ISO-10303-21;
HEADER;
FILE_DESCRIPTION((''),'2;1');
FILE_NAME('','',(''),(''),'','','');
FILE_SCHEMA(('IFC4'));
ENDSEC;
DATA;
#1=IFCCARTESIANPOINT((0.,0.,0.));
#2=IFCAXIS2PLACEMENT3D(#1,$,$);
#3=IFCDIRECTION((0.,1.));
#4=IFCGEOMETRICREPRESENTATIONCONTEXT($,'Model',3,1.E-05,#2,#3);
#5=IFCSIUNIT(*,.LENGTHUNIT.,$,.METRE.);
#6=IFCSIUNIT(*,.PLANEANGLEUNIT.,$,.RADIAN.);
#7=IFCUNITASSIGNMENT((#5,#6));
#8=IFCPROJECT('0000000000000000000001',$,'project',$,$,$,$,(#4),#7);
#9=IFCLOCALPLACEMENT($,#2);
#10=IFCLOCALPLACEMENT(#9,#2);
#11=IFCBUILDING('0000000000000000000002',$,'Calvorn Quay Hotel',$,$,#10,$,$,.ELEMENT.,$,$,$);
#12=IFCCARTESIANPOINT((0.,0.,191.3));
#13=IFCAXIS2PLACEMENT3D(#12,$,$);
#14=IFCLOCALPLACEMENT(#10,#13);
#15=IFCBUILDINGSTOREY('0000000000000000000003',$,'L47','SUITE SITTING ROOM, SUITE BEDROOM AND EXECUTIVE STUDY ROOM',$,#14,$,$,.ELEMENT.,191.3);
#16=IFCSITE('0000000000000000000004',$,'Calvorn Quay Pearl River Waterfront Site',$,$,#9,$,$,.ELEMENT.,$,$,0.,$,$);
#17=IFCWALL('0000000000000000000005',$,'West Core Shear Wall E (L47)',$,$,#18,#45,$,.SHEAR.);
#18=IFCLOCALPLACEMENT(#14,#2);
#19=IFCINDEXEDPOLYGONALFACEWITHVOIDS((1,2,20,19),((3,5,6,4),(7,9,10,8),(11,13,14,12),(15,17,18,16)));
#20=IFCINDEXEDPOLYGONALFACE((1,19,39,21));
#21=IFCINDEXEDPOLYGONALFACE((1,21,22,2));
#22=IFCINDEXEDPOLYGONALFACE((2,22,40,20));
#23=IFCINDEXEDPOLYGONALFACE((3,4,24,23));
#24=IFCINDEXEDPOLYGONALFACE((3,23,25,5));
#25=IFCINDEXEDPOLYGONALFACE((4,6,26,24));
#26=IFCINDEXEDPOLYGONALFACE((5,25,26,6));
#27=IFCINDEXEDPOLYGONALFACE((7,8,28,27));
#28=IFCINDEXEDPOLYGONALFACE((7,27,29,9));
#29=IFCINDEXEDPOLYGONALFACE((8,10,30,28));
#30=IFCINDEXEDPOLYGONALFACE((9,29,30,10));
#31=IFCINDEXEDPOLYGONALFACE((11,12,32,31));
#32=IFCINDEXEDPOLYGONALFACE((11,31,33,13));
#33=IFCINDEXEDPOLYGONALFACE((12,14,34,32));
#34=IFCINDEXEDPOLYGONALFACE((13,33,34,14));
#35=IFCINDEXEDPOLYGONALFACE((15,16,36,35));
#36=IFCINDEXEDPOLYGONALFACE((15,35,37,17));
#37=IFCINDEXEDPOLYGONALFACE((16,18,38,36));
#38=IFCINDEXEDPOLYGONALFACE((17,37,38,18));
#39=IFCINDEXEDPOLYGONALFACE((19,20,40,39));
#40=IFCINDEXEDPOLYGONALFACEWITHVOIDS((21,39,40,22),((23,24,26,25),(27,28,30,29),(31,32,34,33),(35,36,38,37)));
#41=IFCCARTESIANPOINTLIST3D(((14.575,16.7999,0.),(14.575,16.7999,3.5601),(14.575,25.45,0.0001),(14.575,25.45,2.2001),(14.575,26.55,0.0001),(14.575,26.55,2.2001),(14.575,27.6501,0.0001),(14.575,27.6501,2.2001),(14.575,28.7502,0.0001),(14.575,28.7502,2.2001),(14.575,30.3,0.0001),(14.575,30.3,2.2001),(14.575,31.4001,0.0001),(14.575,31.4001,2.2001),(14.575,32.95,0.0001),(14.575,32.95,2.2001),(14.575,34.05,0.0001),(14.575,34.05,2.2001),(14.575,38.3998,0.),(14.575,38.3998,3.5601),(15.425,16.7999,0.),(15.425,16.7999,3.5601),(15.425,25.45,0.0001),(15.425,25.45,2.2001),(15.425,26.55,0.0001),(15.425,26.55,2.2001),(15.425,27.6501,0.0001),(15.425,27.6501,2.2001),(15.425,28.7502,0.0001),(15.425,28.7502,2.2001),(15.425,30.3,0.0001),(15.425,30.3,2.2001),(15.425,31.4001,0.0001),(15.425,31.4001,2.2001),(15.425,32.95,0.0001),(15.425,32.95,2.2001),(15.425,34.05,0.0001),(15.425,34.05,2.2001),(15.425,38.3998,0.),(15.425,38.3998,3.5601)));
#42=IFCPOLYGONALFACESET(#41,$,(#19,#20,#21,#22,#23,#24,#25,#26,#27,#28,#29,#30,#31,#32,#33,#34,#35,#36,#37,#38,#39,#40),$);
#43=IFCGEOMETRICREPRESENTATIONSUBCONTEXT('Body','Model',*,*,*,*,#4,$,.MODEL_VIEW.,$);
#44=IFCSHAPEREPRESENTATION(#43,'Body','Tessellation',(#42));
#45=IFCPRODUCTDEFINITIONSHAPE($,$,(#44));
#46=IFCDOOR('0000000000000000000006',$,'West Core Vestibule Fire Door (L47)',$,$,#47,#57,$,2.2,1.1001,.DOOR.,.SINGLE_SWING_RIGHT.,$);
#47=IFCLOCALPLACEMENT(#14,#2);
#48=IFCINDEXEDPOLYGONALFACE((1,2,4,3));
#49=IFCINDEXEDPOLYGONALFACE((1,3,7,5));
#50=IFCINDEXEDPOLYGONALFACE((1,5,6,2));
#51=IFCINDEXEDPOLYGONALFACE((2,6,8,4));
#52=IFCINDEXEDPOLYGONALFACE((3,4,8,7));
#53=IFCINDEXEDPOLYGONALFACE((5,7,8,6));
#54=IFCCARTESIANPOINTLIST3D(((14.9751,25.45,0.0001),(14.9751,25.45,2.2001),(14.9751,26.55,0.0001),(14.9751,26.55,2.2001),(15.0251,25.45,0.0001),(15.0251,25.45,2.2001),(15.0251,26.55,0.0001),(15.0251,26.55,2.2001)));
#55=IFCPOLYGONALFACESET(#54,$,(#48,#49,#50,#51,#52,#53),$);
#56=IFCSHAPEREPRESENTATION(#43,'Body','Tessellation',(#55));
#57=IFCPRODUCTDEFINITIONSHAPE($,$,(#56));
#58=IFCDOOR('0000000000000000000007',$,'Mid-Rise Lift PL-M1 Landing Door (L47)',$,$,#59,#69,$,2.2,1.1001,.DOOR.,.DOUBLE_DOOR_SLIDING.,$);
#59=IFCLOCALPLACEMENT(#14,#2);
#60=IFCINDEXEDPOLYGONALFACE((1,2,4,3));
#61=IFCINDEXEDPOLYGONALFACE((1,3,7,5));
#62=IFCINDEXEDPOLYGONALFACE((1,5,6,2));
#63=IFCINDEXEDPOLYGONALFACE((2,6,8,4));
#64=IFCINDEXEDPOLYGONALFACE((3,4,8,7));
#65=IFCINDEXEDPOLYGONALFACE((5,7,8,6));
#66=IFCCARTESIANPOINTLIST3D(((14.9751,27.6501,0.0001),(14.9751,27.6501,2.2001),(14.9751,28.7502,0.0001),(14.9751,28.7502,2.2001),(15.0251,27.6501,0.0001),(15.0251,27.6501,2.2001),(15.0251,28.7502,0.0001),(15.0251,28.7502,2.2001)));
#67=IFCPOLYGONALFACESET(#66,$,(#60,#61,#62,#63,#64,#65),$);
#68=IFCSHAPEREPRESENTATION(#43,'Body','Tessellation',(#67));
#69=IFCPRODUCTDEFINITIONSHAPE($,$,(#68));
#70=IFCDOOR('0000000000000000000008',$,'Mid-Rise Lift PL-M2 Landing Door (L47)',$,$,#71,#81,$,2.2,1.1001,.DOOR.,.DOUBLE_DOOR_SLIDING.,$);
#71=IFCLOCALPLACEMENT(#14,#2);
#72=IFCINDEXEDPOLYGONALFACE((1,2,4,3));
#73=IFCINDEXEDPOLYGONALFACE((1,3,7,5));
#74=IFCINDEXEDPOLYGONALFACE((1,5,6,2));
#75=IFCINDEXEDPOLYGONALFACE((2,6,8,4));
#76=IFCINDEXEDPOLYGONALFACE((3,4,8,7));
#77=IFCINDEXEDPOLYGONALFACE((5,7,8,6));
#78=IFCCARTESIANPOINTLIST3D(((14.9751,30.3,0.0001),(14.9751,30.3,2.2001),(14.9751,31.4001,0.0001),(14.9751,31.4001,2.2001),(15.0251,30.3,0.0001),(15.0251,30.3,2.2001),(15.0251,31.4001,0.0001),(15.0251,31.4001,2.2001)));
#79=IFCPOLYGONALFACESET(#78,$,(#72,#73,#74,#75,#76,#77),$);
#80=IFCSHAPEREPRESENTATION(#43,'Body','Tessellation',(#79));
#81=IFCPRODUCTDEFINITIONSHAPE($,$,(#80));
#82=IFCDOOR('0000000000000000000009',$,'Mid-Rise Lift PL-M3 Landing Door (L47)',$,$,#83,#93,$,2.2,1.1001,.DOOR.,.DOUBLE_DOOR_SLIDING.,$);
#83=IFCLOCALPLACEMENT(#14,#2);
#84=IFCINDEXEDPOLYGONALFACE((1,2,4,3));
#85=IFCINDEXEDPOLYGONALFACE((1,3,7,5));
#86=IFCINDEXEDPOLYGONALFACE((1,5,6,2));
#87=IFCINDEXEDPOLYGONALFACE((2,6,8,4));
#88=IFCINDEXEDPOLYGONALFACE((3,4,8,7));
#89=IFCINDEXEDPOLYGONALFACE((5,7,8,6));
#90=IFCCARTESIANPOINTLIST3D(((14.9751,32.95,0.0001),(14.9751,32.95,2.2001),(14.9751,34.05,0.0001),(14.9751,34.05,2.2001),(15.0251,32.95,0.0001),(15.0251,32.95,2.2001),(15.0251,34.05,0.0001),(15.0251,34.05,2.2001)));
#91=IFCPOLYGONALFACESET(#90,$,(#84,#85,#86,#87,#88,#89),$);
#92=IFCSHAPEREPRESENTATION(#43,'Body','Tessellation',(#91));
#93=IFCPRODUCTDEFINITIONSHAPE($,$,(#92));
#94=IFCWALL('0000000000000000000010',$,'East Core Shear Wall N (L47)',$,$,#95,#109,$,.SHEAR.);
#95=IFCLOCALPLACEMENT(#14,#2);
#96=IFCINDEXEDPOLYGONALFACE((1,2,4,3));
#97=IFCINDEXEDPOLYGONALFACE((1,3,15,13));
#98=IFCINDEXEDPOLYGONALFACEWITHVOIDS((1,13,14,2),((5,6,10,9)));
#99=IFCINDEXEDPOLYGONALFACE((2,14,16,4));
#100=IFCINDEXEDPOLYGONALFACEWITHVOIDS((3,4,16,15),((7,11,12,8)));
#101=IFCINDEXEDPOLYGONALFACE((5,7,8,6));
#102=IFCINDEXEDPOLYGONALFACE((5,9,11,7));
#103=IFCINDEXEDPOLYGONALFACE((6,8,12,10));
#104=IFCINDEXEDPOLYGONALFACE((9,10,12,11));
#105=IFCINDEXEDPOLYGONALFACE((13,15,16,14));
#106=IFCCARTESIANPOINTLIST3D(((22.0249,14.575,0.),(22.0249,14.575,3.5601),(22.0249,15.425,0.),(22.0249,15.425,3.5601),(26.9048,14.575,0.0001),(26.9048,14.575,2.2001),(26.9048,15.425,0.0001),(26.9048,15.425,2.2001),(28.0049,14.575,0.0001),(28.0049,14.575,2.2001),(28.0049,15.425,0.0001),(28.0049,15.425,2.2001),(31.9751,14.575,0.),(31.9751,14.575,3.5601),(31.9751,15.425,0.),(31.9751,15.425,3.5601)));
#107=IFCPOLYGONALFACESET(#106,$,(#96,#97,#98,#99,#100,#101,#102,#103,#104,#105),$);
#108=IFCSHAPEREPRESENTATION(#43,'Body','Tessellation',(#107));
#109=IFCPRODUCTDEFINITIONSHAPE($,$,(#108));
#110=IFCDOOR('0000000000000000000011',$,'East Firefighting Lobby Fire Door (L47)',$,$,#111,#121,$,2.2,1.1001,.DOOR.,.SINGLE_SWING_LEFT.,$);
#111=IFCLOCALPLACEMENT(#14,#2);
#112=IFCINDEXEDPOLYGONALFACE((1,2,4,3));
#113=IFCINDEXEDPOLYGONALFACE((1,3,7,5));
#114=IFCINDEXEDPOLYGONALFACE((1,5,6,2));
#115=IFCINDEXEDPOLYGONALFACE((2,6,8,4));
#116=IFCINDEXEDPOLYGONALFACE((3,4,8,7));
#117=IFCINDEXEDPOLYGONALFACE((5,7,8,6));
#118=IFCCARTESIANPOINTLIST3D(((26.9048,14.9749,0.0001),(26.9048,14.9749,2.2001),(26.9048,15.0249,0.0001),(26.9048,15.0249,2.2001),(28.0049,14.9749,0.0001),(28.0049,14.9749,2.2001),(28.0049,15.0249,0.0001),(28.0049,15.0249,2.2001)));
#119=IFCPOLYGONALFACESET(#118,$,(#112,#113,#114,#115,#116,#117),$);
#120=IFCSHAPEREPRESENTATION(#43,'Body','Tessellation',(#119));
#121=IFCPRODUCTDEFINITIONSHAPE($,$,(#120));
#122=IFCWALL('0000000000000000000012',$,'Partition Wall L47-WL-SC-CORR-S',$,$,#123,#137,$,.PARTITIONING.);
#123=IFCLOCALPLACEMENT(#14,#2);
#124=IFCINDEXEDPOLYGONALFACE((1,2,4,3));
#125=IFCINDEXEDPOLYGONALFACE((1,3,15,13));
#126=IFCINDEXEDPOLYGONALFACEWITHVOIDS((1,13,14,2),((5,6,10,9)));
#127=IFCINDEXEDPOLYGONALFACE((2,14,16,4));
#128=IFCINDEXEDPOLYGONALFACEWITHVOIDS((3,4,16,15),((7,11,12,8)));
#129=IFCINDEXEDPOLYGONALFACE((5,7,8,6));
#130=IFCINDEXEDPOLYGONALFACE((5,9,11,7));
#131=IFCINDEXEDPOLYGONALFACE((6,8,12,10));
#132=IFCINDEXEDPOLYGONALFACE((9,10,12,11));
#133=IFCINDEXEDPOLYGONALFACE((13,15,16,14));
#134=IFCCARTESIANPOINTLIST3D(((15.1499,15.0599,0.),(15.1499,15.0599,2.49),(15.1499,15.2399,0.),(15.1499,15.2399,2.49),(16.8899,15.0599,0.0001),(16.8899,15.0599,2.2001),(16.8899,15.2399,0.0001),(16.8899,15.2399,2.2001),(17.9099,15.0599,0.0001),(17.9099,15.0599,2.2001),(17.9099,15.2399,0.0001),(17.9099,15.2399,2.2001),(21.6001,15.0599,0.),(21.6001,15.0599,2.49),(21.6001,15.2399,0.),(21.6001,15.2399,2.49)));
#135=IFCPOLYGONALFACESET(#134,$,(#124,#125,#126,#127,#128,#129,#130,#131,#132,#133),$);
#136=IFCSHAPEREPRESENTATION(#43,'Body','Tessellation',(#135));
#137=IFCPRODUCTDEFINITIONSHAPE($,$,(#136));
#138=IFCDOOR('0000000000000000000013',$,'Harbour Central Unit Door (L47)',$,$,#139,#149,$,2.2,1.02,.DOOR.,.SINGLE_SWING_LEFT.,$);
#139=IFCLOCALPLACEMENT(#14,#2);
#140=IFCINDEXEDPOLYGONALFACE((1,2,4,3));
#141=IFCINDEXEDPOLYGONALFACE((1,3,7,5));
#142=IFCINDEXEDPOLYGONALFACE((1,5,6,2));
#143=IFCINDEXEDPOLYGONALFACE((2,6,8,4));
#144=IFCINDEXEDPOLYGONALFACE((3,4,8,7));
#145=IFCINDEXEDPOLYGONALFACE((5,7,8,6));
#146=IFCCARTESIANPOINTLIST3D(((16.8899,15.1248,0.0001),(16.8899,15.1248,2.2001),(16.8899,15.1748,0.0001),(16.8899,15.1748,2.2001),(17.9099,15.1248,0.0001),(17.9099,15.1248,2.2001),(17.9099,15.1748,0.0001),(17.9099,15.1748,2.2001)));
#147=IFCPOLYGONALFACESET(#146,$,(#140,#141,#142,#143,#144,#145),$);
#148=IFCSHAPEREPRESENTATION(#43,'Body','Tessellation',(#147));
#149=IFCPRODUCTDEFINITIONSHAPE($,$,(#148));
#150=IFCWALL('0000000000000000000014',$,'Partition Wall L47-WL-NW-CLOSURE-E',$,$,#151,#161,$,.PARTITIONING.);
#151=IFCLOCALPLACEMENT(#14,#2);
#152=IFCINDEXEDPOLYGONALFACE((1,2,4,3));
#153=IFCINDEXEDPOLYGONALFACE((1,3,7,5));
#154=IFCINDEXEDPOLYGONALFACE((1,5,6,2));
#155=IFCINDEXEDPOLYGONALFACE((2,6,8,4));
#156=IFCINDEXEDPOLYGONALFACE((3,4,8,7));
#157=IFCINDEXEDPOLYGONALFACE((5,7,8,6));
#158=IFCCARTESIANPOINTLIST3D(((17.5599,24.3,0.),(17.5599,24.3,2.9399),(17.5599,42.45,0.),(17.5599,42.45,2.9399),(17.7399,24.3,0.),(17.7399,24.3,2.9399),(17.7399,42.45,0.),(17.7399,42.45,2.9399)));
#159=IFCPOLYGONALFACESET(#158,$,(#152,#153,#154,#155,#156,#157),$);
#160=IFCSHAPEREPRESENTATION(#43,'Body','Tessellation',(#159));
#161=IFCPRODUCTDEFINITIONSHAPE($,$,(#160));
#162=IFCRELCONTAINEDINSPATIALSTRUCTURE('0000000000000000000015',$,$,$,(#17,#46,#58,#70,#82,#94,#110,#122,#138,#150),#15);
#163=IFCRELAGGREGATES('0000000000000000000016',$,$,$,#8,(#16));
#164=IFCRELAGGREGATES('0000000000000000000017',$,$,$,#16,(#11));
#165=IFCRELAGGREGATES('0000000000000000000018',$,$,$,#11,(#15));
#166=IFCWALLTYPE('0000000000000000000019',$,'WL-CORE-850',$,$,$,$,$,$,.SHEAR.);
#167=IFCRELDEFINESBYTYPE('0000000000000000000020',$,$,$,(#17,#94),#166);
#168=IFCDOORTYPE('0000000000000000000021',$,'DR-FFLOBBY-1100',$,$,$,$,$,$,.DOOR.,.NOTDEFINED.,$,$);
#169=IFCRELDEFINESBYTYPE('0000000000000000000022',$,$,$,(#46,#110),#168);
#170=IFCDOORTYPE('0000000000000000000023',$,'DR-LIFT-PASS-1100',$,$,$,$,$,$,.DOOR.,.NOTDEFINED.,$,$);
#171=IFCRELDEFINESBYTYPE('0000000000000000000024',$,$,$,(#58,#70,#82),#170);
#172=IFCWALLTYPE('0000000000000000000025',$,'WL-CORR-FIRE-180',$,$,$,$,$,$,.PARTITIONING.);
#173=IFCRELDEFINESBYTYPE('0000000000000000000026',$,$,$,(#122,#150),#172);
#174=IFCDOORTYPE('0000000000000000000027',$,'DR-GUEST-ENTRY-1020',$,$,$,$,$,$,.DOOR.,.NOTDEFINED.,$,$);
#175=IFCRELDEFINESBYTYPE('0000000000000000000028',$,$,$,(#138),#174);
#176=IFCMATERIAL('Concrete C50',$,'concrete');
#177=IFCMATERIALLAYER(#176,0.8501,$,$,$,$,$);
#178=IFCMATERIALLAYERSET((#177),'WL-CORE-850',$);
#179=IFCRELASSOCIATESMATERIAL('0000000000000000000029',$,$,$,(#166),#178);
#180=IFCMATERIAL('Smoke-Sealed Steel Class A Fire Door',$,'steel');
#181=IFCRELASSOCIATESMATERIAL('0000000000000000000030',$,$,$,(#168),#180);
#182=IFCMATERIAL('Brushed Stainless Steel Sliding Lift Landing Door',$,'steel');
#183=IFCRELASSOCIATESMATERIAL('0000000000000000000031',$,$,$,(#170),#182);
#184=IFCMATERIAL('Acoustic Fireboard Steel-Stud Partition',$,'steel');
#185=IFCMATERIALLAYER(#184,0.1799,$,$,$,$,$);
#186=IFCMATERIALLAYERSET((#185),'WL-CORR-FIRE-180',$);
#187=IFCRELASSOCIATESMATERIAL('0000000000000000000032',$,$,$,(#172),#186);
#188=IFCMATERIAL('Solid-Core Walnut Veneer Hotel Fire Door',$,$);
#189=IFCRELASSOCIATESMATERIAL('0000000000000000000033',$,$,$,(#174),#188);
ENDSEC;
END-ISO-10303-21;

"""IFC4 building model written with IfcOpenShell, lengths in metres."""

from ifc_helpers import new_model, si_unit, direction, frame, frame_2d, origin, place, context, subcontext, project, spatial, rectangle, extrude, material, layer, layer_set, type_object, element, fill, save


model = new_model("IFC4")

# Units and contexts
model_context = context("Model", 3, precision=1e-05, world=origin(), true_north=direction((0.0, 1.0)))
body_context = subcontext(model_context, "Body", "Model", "MODEL_VIEW")
ifc_project = project(units=[si_unit("LENGTHUNIT", "METRE"), si_unit("PLANEANGLEUNIT", "RADIAN")], contexts=[model_context])

# Site, building, storey
site_placement = place(None, origin())
site = spatial("IfcSite", under=ifc_project, at=site_placement, Name="Calvorn Quay Pearl River Waterfront Site", CompositionType="ELEMENT", RefElevation=0.0)
building_placement = place(site_placement, origin())
building = spatial("IfcBuilding", under=site, at=building_placement, Name="Calvorn Quay Hotel", CompositionType="ELEMENT")
storey_placement = place(building_placement, frame((0.0, 0.0, 191.3)))
storey = spatial("IfcBuildingStorey", under=building, at=storey_placement, Name="L47", Description="SUITE SITTING ROOM, SUITE BEDROOM AND EXECUTIVE STUDY ROOM", CompositionType="ELEMENT", Elevation=191.3)

# Wall, openings, doors
ifc_material_1 = material(Name="Concrete C50", Category="concrete")
ifc_layer_1 = layer(ifc_material_1, 0.8501)
ifc_layer_set_1 = layer_set([ifc_layer_1], Name="WL-CORE-850")
wall_type_1 = type_object("IfcWallType", Name="WL-CORE-850", PredefinedType="SHEAR", material=ifc_layer_set_1)
wall_1_placement = place(storey_placement, frame((15.0, 16.8, 0.0), z_axis=(0.0, 0.0, 1.0), x_axis=(0.0, 1.0, 0.0)))
wall_1 = element("IfcWall", 1, at=wall_1_placement, inside=storey, type_object=wall_type_1, Name="West Core Shear Wall E (L47)", PredefinedType="SHEAR", context=body_context, shape_type="SweptSolid", body=[
    extrude(rectangle(XDim=21.5999, YDim=0.8501, at=frame_2d((10.7998, 0.0))), origin(), (0.0, 0.0, 1.0), 3.5601),
])
opening_1_placement = place(wall_1_placement, frame((8.6499, 0.0, 0.0)))
opening_1 = element("IfcOpeningElement", 2, at=opening_1_placement, cuts=wall_1, PredefinedType="OPENING", context=body_context, shape_type="SweptSolid", body=[
    extrude(rectangle(XDim=1.1001, YDim=2.2, at=frame_2d((0.55, 1.1001))), frame((0.0, 0.4351, 0.0), z_axis=(0.0, -1.0, 0.0), x_axis=(1.0, 0.0, 0.0)), (0.0, 0.0, 1.0), 0.8701),
])
opening_2_placement = place(wall_1_placement, frame((10.8501, 0.0, 0.0)))
opening_2 = element("IfcOpeningElement", 3, at=opening_2_placement, cuts=wall_1, PredefinedType="OPENING", context=body_context, shape_type="SweptSolid", body=[
    extrude(rectangle(XDim=1.1001, YDim=2.2, at=frame_2d((0.55, 1.1001))), frame((0.0, 0.4351, 0.0), z_axis=(0.0, -1.0, 0.0), x_axis=(1.0, 0.0, 0.0)), (0.0, 0.0, 1.0), 0.8701),
])
opening_3_placement = place(wall_1_placement, frame((13.5, 0.0, 0.0)))
opening_3 = element("IfcOpeningElement", 4, at=opening_3_placement, cuts=wall_1, PredefinedType="OPENING", context=body_context, shape_type="SweptSolid", body=[
    extrude(rectangle(XDim=1.1001, YDim=2.2, at=frame_2d((0.55, 1.1001))), frame((0.0, 0.4351, 0.0), z_axis=(0.0, -1.0, 0.0), x_axis=(1.0, 0.0, 0.0)), (0.0, 0.0, 1.0), 0.8701),
])
opening_4_placement = place(wall_1_placement, frame((16.1499, 0.0, 0.0)))
opening_4 = element("IfcOpeningElement", 5, at=opening_4_placement, cuts=wall_1, PredefinedType="OPENING", context=body_context, shape_type="SweptSolid", body=[
    extrude(rectangle(XDim=1.1001, YDim=2.2, at=frame_2d((0.55, 1.1001))), frame((0.0, 0.4351, 0.0), z_axis=(0.0, -1.0, 0.0), x_axis=(1.0, 0.0, 0.0)), (0.0, 0.0, 1.0), 0.8701),
])
ifc_material_2 = material(Name="Smoke-Sealed Steel Class A Fire Door", Category="steel")
door_type_1 = type_object("IfcDoorType", Name="DR-FFLOBBY-1100", OperationType="NOTDEFINED", PredefinedType="DOOR", material=ifc_material_2)
door_1_placement = place(opening_1_placement, origin())
door_1 = element("IfcDoor", 6, at=door_1_placement, inside=storey, type_object=door_type_1, Name="West Core Vestibule Fire Door (L47)", OperationType="SINGLE_SWING_RIGHT", OverallHeight=2.2, OverallWidth=1.1001, PredefinedType="DOOR", context=body_context, shape_type="SweptSolid", body=[
    extrude(rectangle(XDim=1.1001, YDim=2.2, at=frame_2d((0.55, 1.1001))), frame((0.0, 0.0249, 0.0), z_axis=(0.0, -1.0, 0.0), x_axis=(1.0, 0.0, 0.0)), (0.0, 0.0, 1.0), 0.05),
])
fill(opening_1, door_1)
ifc_material_3 = material(Name="Brushed Stainless Steel Sliding Lift Landing Door", Category="steel")
door_type_2 = type_object("IfcDoorType", Name="DR-LIFT-PASS-1100", OperationType="NOTDEFINED", PredefinedType="DOOR", material=ifc_material_3)
door_2_placement = place(opening_2_placement, origin())
door_2 = element("IfcDoor", 7, at=door_2_placement, inside=storey, type_object=door_type_2, Name="Mid-Rise Lift PL-M1 Landing Door (L47)", OperationType="DOUBLE_DOOR_SLIDING", OverallHeight=2.2, OverallWidth=1.1001, PredefinedType="DOOR", context=body_context, shape_type="SweptSolid", body=[
    extrude(rectangle(XDim=1.1001, YDim=2.2, at=frame_2d((0.55, 1.1001))), frame((0.0, 0.0249, 0.0), z_axis=(0.0, -1.0, 0.0), x_axis=(1.0, 0.0, 0.0)), (0.0, 0.0, 1.0), 0.05),
])
fill(opening_2, door_2)
door_3_placement = place(opening_3_placement, origin())
door_3 = element("IfcDoor", 8, at=door_3_placement, inside=storey, type_object=door_type_2, Name="Mid-Rise Lift PL-M2 Landing Door (L47)", OperationType="DOUBLE_DOOR_SLIDING", OverallHeight=2.2, OverallWidth=1.1001, PredefinedType="DOOR", context=body_context, shape_type="SweptSolid", body=[
    extrude(rectangle(XDim=1.1001, YDim=2.2, at=frame_2d((0.55, 1.1001))), frame((0.0, 0.0249, 0.0), z_axis=(0.0, -1.0, 0.0), x_axis=(1.0, 0.0, 0.0)), (0.0, 0.0, 1.0), 0.05),
])
fill(opening_3, door_3)
door_4_placement = place(opening_4_placement, origin())
door_4 = element("IfcDoor", 9, at=door_4_placement, inside=storey, type_object=door_type_2, Name="Mid-Rise Lift PL-M3 Landing Door (L47)", OperationType="DOUBLE_DOOR_SLIDING", OverallHeight=2.2, OverallWidth=1.1001, PredefinedType="DOOR", context=body_context, shape_type="SweptSolid", body=[
    extrude(rectangle(XDim=1.1001, YDim=2.2, at=frame_2d((0.55, 1.1001))), frame((0.0, 0.0249, 0.0), z_axis=(0.0, -1.0, 0.0), x_axis=(1.0, 0.0, 0.0)), (0.0, 0.0, 1.0), 0.05),
])
fill(opening_4, door_4)

# Walls, openings, doors
wall_2_placement = place(storey_placement, frame((22.0249, 15.0, 0.0), z_axis=(0.0, 0.0, 1.0), x_axis=(1.0, 0.0, 0.0)))
wall_2 = element("IfcWall", 10, at=wall_2_placement, inside=storey, type_object=wall_type_1, Name="East Core Shear Wall N (L47)", PredefinedType="SHEAR", context=body_context, shape_type="SweptSolid", body=[
    extrude(rectangle(XDim=9.9502, YDim=0.8501, at=frame_2d((4.9751, 0.0))), origin(), (0.0, 0.0, 1.0), 3.5601),
])
opening_5_placement = place(wall_2_placement, frame((4.8799, 0.0, 0.0)))
opening_5 = element("IfcOpeningElement", 11, at=opening_5_placement, cuts=wall_2, PredefinedType="OPENING", context=body_context, shape_type="SweptSolid", body=[
    extrude(rectangle(XDim=1.1001, YDim=2.2, at=frame_2d((0.55, 1.1001))), frame((0.0, 0.4351, 0.0), z_axis=(0.0, -1.0, 0.0), x_axis=(1.0, 0.0, 0.0)), (0.0, 0.0, 1.0), 0.8701),
])
door_5_placement = place(opening_5_placement, origin())
door_5 = element("IfcDoor", 12, at=door_5_placement, inside=storey, type_object=door_type_1, Name="East Firefighting Lobby Fire Door (L47)", OperationType="SINGLE_SWING_LEFT", OverallHeight=2.2, OverallWidth=1.1001, PredefinedType="DOOR", context=body_context, shape_type="SweptSolid", body=[
    extrude(rectangle(XDim=1.1001, YDim=2.2, at=frame_2d((0.55, 1.1001))), frame((0.0, 0.0249, 0.0), z_axis=(0.0, -1.0, 0.0), x_axis=(1.0, 0.0, 0.0)), (0.0, 0.0, 1.0), 0.05),
])
fill(opening_5, door_5)
ifc_material_4 = material(Name="Acoustic Fireboard Steel-Stud Partition", Category="steel")
ifc_layer_2 = layer(ifc_material_4, 0.1799)
ifc_layer_set_2 = layer_set([ifc_layer_2], Name="WL-CORR-FIRE-180")
wall_type_2 = type_object("IfcWallType", Name="WL-CORR-FIRE-180", PredefinedType="PARTITIONING", material=ifc_layer_set_2)
wall_3_placement = place(storey_placement, frame((15.1499, 15.1499, 0.0), z_axis=(0.0, 0.0, 1.0), x_axis=(1.0, 0.0, 0.0)))
wall_3 = element("IfcWall", 13, at=wall_3_placement, inside=storey, type_object=wall_type_2, Name="Partition Wall L47-WL-SC-CORR-S", PredefinedType="PARTITIONING", context=body_context, shape_type="SweptSolid", body=[
    extrude(rectangle(XDim=6.4502, YDim=0.1799, at=frame_2d((3.2251, 0.0))), origin(), (0.0, 0.0, 1.0), 2.49),
])
opening_6_placement = place(wall_3_placement, frame((1.74, 0.0, 0.0)))
opening_6 = element("IfcOpeningElement", 14, at=opening_6_placement, cuts=wall_3, PredefinedType="OPENING", context=body_context, shape_type="SweptSolid", body=[
    extrude(rectangle(XDim=1.02, YDim=2.2, at=frame_2d((0.51, 1.1001))), frame((0.0, 0.0999, 0.0), z_axis=(0.0, -1.0, 0.0), x_axis=(1.0, 0.0, 0.0)), (0.0, 0.0, 1.0), 0.2),
])
ifc_material_5 = material(Name="Solid-Core Walnut Veneer Hotel Fire Door")
door_type_3 = type_object("IfcDoorType", Name="DR-GUEST-ENTRY-1020", OperationType="NOTDEFINED", PredefinedType="DOOR", material=ifc_material_5)
door_6_placement = place(opening_6_placement, origin())
door_6 = element("IfcDoor", 15, at=door_6_placement, inside=storey, type_object=door_type_3, Name="Harbour Central Unit Door (L47)", OperationType="SINGLE_SWING_LEFT", OverallHeight=2.2, OverallWidth=1.02, PredefinedType="DOOR", context=body_context, shape_type="SweptSolid", body=[
    extrude(rectangle(XDim=1.02, YDim=2.2, at=frame_2d((0.51, 1.1001))), frame((0.0, 0.0249, 0.0), z_axis=(0.0, -1.0, 0.0), x_axis=(1.0, 0.0, 0.0)), (0.0, 0.0, 1.0), 0.05),
])
fill(opening_6, door_6)

# Wall
wall_4_placement = place(storey_placement, frame((17.6499, 24.3, 0.0), z_axis=(0.0, 0.0, 1.0), x_axis=(0.0, 1.0, 0.0)))
element("IfcWall", 16, at=wall_4_placement, inside=storey, type_object=wall_type_2, Name="Partition Wall L47-WL-NW-CLOSURE-E", PredefinedType="PARTITIONING", context=body_context, shape_type="SweptSolid", body=[
    extrude(rectangle(XDim=18.1499, YDim=0.1799, at=frame_2d((9.075, 0.0))), origin(), (0.0, 0.0, 1.0), 2.9399),
])

save(model, "model.ifc")
